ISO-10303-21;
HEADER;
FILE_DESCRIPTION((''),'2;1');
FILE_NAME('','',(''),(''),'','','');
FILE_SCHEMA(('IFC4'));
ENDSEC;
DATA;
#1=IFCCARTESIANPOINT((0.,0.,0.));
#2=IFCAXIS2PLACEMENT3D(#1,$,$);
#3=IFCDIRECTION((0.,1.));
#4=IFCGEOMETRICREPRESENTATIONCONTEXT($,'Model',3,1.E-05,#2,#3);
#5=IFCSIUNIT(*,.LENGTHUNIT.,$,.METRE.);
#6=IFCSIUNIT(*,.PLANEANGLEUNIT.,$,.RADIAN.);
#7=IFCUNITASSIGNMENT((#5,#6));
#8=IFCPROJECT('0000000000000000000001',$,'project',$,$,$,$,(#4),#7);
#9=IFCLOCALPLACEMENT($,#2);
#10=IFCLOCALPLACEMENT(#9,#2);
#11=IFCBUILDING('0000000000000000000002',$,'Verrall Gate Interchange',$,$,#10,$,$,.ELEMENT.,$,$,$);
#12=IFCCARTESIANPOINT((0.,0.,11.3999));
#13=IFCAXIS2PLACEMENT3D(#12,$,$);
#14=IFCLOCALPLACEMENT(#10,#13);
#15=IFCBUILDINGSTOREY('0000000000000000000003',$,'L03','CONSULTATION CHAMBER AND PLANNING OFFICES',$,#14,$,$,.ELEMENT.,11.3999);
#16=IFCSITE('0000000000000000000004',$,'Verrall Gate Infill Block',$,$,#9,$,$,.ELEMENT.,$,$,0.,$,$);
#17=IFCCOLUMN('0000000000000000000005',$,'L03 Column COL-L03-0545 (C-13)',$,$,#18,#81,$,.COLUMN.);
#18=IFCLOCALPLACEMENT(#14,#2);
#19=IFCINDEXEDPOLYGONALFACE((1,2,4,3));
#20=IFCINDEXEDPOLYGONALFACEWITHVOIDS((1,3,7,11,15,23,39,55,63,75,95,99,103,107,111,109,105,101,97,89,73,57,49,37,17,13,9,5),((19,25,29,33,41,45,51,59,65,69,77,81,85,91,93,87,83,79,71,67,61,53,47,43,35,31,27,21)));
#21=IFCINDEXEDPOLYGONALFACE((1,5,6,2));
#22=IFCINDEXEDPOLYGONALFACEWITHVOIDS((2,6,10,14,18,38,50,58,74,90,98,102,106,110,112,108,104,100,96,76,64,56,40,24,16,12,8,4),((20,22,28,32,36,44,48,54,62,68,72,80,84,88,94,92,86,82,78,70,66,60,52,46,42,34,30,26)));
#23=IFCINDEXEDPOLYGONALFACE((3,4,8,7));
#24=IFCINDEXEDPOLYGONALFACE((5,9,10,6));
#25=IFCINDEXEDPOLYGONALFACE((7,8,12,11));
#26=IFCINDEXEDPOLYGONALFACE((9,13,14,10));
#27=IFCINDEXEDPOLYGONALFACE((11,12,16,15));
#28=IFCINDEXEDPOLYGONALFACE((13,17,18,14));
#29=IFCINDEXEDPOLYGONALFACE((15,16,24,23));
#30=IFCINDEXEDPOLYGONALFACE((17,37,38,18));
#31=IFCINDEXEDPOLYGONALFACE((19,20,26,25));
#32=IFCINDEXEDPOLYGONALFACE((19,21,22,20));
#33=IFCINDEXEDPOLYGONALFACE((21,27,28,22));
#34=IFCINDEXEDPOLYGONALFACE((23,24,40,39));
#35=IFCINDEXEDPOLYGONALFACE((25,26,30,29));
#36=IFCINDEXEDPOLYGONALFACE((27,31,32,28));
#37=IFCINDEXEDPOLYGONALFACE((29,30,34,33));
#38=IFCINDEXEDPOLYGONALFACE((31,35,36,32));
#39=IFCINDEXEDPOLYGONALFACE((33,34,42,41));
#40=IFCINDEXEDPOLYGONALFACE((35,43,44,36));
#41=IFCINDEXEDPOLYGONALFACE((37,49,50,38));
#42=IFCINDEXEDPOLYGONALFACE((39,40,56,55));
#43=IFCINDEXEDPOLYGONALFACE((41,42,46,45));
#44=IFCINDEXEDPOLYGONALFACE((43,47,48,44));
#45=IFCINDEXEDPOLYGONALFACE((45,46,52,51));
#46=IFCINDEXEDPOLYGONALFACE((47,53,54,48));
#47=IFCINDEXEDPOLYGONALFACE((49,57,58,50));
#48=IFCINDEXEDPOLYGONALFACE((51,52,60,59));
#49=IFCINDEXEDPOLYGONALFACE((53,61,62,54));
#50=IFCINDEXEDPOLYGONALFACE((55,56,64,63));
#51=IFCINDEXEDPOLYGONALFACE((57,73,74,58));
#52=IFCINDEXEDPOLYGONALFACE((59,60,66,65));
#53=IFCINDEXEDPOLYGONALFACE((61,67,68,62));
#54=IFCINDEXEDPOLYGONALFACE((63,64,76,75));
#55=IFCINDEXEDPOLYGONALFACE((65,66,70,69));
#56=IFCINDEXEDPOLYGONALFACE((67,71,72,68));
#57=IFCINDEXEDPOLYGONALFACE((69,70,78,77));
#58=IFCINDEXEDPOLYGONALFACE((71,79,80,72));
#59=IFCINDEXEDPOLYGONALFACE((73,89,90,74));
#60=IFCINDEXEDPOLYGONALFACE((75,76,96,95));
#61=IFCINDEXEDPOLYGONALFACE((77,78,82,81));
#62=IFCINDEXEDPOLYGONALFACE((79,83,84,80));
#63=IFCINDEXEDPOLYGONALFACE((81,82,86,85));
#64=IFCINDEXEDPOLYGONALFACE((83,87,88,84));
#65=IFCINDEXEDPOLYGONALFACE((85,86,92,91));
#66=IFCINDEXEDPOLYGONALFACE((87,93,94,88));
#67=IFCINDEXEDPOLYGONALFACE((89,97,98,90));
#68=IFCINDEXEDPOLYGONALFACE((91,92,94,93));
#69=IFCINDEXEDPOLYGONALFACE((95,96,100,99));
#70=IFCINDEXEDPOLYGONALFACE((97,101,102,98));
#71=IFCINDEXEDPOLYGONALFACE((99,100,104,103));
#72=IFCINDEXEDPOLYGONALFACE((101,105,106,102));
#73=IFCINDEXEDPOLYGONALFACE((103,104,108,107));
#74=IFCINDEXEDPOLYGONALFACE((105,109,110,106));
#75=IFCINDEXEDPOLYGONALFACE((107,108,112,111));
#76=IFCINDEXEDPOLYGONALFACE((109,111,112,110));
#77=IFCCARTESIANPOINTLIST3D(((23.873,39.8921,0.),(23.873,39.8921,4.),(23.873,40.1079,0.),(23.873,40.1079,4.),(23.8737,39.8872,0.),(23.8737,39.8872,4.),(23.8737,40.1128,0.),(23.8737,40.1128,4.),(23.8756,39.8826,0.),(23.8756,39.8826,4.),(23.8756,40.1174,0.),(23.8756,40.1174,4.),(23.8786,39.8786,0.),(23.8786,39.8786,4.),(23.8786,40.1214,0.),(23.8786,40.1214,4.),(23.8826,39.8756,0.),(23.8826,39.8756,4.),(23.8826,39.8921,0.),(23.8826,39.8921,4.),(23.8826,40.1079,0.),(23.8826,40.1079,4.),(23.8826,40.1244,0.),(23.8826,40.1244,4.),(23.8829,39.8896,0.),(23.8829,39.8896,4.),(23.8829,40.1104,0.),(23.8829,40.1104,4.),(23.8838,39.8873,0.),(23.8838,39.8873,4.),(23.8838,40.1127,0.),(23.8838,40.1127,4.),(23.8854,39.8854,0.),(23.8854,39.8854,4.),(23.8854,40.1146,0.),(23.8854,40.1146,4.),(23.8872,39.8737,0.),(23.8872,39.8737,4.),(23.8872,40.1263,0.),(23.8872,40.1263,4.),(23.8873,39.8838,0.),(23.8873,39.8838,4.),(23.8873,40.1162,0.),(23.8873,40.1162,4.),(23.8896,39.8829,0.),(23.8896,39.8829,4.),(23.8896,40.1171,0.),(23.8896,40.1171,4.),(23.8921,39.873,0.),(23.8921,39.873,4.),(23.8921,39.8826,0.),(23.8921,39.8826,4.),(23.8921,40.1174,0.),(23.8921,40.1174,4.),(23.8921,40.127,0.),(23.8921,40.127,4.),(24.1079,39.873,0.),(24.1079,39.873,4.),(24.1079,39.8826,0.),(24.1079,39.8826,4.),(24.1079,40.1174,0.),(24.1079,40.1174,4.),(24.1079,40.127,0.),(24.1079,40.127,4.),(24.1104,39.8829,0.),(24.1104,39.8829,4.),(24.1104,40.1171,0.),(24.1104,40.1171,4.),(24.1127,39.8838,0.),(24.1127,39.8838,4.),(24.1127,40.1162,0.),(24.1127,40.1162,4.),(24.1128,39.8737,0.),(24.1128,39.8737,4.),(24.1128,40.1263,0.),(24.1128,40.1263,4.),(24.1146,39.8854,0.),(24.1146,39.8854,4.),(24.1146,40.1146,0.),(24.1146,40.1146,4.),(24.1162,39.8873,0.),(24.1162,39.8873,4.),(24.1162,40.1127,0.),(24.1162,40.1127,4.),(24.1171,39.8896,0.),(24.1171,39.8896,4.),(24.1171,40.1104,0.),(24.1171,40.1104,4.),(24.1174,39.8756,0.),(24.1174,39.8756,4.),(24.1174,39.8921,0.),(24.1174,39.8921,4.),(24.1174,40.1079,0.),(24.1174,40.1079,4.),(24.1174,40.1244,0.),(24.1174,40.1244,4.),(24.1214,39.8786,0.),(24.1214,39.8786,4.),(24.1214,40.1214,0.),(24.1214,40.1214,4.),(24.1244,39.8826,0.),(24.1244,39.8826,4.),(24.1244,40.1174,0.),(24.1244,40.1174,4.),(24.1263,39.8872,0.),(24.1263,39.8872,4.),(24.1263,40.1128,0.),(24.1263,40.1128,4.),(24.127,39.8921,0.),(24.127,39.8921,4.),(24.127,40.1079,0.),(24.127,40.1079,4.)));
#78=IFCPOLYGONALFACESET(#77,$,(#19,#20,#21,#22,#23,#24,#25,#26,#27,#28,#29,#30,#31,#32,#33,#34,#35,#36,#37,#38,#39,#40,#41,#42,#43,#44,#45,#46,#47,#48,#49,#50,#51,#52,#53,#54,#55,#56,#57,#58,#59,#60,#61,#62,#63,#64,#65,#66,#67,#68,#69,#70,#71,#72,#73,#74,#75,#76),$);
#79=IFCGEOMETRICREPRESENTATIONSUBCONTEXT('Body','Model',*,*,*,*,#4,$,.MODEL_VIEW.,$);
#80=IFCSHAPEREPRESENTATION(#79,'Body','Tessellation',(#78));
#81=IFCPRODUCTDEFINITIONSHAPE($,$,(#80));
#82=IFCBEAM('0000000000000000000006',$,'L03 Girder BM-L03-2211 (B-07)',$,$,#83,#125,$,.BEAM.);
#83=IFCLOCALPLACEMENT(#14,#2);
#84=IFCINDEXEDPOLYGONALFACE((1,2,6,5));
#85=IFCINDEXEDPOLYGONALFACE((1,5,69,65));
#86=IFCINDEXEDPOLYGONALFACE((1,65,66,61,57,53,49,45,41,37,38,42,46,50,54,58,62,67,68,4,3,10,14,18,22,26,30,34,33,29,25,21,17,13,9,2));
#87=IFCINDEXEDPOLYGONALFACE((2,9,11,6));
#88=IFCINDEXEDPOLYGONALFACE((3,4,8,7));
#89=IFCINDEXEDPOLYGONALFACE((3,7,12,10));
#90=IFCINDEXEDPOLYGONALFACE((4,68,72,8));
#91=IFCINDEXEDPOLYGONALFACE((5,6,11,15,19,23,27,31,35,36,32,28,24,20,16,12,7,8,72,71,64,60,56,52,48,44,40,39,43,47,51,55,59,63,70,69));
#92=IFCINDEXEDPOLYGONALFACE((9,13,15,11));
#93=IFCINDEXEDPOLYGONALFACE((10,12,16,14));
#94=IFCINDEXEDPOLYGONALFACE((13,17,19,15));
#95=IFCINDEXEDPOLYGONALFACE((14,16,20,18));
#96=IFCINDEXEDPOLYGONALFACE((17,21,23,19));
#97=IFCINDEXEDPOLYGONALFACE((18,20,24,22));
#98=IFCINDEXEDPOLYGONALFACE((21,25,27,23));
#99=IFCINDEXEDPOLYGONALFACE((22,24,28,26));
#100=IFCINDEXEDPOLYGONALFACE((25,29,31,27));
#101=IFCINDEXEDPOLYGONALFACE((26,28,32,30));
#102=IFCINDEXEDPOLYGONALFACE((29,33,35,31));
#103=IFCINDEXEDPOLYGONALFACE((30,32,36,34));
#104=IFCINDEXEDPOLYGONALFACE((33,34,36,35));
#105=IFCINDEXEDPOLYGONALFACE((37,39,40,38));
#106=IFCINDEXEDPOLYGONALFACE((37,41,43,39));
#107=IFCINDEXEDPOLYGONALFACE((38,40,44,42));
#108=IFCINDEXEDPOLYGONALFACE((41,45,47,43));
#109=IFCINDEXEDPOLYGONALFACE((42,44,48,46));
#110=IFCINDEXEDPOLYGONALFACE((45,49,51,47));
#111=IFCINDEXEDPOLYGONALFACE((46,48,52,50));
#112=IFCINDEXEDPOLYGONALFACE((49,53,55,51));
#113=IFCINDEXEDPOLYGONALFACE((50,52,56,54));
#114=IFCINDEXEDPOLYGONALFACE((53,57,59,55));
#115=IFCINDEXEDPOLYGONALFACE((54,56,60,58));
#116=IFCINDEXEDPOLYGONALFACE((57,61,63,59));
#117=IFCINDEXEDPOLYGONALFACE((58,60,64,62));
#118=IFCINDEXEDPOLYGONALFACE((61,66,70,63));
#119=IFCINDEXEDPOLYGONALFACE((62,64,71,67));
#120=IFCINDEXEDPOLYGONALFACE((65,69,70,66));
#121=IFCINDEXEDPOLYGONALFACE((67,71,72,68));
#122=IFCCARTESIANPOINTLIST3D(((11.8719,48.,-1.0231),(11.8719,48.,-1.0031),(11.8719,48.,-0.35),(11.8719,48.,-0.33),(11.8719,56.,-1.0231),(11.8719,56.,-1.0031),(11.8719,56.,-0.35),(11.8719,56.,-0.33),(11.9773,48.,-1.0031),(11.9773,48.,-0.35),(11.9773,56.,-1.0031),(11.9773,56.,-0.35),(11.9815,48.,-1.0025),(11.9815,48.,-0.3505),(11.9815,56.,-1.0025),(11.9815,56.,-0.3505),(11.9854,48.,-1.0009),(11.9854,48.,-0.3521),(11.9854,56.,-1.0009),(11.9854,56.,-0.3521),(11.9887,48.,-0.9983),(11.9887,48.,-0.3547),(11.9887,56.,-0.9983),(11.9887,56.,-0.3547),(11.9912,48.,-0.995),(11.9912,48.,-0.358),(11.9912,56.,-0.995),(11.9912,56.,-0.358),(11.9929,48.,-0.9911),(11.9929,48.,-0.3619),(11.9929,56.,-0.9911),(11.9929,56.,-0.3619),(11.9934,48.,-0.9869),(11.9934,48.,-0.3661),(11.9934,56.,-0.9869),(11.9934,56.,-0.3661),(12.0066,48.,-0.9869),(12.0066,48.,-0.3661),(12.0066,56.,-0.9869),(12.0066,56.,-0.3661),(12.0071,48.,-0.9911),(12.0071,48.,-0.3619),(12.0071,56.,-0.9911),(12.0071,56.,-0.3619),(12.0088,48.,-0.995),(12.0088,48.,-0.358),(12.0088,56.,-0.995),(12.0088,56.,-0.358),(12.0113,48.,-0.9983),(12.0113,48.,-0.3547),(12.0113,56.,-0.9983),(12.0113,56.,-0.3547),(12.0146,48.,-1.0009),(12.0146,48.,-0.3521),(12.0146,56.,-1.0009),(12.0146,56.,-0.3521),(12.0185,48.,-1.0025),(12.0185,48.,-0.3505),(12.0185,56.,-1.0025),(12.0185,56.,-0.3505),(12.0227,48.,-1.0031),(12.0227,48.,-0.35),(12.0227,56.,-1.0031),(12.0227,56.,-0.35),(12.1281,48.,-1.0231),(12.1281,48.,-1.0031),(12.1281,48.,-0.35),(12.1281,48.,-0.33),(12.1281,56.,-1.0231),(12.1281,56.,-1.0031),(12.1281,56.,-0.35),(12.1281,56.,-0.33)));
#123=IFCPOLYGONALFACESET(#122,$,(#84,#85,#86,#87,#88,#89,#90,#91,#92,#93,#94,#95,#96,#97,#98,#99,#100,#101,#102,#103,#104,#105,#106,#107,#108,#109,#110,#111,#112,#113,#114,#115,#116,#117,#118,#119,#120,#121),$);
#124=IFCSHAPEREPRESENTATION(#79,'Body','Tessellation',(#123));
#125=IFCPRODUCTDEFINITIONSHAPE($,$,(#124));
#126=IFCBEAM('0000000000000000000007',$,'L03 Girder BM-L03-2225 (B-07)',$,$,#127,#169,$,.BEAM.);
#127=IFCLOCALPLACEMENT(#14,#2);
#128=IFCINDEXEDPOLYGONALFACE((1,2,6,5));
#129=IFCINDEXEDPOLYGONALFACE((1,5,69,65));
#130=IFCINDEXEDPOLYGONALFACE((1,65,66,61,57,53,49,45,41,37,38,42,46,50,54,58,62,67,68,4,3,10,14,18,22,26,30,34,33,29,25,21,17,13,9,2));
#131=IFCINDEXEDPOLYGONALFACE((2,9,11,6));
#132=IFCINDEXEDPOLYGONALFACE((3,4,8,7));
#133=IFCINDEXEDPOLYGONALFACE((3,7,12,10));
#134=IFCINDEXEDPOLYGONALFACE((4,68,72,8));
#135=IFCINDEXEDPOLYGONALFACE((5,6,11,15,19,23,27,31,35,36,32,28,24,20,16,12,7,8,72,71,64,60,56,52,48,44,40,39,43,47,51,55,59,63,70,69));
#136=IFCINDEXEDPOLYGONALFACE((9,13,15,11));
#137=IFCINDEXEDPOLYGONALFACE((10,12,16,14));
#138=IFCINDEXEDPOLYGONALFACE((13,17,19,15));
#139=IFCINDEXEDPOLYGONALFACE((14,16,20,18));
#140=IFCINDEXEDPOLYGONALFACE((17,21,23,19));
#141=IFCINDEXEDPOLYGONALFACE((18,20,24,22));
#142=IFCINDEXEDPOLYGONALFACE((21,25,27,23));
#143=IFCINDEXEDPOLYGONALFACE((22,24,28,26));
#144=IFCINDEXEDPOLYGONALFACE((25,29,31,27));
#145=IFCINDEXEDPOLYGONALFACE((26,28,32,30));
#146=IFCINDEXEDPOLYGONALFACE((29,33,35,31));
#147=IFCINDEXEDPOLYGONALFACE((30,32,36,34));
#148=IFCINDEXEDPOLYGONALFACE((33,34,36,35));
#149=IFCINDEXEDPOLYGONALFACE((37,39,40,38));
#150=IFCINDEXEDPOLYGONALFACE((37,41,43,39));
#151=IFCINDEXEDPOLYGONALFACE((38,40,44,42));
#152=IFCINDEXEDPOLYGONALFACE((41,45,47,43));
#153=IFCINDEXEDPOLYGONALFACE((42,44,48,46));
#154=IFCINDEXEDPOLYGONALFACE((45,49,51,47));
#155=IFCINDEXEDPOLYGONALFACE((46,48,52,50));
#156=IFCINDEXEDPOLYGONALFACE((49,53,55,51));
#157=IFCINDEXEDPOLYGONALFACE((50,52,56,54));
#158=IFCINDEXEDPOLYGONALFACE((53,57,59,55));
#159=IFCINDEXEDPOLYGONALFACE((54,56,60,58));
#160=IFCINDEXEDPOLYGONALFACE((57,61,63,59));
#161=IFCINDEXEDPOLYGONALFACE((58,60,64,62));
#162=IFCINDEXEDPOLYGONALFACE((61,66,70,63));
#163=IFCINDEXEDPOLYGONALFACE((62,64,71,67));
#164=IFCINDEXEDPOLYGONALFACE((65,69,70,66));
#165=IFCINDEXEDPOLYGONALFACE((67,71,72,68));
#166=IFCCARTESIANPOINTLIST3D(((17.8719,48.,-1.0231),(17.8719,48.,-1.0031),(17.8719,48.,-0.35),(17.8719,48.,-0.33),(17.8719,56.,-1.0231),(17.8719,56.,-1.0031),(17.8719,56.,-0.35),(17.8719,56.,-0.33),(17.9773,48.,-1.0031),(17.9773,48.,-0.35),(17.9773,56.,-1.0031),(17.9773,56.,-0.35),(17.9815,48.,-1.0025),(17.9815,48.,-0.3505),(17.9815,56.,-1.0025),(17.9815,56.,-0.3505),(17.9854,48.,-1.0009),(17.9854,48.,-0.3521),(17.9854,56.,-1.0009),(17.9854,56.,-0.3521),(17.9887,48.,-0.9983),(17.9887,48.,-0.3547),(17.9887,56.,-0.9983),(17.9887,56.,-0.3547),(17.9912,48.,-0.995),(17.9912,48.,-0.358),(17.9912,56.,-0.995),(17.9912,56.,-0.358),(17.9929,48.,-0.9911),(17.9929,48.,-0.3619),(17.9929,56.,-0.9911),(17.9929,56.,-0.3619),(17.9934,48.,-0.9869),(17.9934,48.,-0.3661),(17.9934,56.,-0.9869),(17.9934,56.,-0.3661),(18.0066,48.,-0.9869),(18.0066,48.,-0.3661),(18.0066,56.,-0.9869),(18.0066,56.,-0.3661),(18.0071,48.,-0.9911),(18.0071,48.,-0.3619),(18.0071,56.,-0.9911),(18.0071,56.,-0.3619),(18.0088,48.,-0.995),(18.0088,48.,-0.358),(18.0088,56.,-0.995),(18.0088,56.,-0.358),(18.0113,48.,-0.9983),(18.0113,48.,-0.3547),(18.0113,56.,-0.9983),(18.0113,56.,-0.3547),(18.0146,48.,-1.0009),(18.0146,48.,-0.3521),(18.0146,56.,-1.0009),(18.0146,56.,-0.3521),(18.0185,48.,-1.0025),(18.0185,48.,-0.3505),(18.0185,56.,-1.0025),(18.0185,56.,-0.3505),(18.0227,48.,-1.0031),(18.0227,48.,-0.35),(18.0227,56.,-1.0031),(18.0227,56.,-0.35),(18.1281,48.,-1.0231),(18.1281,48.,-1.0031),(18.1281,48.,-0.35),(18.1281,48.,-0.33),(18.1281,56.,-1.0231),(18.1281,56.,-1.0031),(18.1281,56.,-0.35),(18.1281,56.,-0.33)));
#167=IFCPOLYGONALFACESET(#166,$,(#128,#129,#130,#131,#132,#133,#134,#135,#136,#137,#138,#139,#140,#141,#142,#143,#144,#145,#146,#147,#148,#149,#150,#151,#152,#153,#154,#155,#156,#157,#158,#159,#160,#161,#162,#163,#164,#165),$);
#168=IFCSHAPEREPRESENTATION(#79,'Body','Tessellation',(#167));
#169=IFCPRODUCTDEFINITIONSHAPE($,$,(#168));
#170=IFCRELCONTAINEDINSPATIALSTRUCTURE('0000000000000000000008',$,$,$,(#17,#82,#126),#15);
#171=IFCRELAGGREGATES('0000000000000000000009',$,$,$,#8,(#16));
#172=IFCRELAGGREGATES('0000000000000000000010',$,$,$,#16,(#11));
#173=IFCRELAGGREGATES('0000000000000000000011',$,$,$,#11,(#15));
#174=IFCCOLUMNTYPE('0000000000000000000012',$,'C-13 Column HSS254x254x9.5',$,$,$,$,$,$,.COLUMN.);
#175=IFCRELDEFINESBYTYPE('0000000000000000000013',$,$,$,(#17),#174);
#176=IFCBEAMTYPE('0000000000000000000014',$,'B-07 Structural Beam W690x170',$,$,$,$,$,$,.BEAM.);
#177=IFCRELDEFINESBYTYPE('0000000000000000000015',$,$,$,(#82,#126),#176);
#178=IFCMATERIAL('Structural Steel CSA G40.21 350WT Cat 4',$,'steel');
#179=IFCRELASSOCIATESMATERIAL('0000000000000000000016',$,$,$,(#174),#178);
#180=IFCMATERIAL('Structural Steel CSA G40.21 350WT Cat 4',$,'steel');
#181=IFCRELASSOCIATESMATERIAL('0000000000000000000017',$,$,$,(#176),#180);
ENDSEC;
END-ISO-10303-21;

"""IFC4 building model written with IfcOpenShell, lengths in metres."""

from ifc_helpers import new_model, si_unit, direction, frame, origin, origin_2d, place, context, subcontext, project, spatial, hollow_rectangle, i_section, extrude, material, material_profile, profile_set, type_object, element, save


model = new_model("IFC4")

# Units and contexts
model_context = context("Model", 3, precision=1e-05, world=origin(), true_north=direction((0.0, 1.0)))
body_context = subcontext(model_context, "Body", "Model", "MODEL_VIEW")
ifc_project = project(units=[si_unit("LENGTHUNIT", "METRE"), si_unit("PLANEANGLEUNIT", "RADIAN")], contexts=[model_context])

# Site, building, storey
site_placement = place(None, origin())
site = spatial("IfcSite", under=ifc_project, at=site_placement, Name="Verrall Gate Infill Block", CompositionType="ELEMENT", RefElevation=0.0)
building_placement = place(site_placement, origin())
building = spatial("IfcBuilding", under=site, at=building_placement, Name="Verrall Gate Interchange", CompositionType="ELEMENT")
storey_placement = place(building_placement, frame((0.0, 0.0, 11.3999)))
storey = spatial("IfcBuildingStorey", under=building, at=storey_placement, Name="L03", Description="CONSULTATION CHAMBER AND PLANNING OFFICES", CompositionType="ELEMENT", Elevation=11.3999)

# Column
ifc_material_1 = material(Name="Structural Steel CSA G40.21 350WT Cat 4", Category="steel")
ifc_material_profile_1 = material_profile(ifc_material_1, hollow_rectangle(XDim=0.2539, YDim=0.2539, WallThickness=0.0095, InnerFilletRadius=0.0095, OuterFilletRadius=0.019, at=origin_2d()), Name="HSS254x254x9.5")
ifc_profile_set_1 = profile_set([ifc_material_profile_1], Name="Structural Steel CSA G40.21 350WT Cat 4")
column_type = type_object("IfcColumnType", Name="C-13 Column HSS254x254x9.5", PredefinedType="COLUMN", material=ifc_profile_set_1)
for number, where, z_axis, x_axis, name in (
    (1, (24.0, 40.0, 0.0), (0.0, 0.0, 1.0), (1.0, 0.0, 0.0), "L03 Column COL-L03-0545 (C-13)"),
):
    element("IfcColumn", number, at=place(storey_placement, frame(where, z_axis=z_axis, x_axis=x_axis)), inside=storey, type_object=column_type, Name=name, PredefinedType="COLUMN", context=body_context, shape_type="SweptSolid", body=[
        extrude(hollow_rectangle(XDim=0.2539, YDim=0.2539, WallThickness=0.0095, InnerFilletRadius=0.0095, OuterFilletRadius=0.019, at=origin_2d()), origin(), (0.0, 0.0, 1.0), 4.0),
    ])

# Beams
ifc_material_2 = material(Name="Structural Steel CSA G40.21 350WT Cat 4", Category="steel")
ifc_material_profile_2 = material_profile(ifc_material_2, i_section(OverallWidth=0.2561, OverallDepth=0.6931, WebThickness=0.0132, FlangeThickness=0.02, FilletRadius=0.0161, at=origin_2d()), Name="W690x170")
ifc_profile_set_2 = profile_set([ifc_material_profile_2], Name="Structural Steel CSA G40.21 350WT Cat 4")
beam_type_1 = type_object("IfcBeamType", Name="B-07 Structural Beam W690x170", PredefinedType="BEAM", material=ifc_profile_set_2)
for number, where, z_axis, x_axis, name in (
    (2, (12.0, 48.0, -0.6765), (0.0, 1.0, 0.0), (-1.0, 0.0, 0.0), "L03 Girder BM-L03-2211 (B-07)"),
    (3, (18.0, 48.0, -0.6765), (0.0, 1.0, 0.0), (-1.0, 0.0, 0.0), "L03 Girder BM-L03-2225 (B-07)"),
):
    element("IfcBeam", number, at=place(storey_placement, frame(where, z_axis=z_axis, x_axis=x_axis)), inside=storey, type_object=beam_type_1, Name=name, PredefinedType="BEAM", context=body_context, shape_type="SweptSolid", body=[
        extrude(i_section(OverallWidth=0.2561, OverallDepth=0.6931, WebThickness=0.0132, FlangeThickness=0.02, FilletRadius=0.0161, at=origin_2d()), origin(), (0.0, 0.0, 1.0), 8.0),
    ])

save(model, "model.ifc")
